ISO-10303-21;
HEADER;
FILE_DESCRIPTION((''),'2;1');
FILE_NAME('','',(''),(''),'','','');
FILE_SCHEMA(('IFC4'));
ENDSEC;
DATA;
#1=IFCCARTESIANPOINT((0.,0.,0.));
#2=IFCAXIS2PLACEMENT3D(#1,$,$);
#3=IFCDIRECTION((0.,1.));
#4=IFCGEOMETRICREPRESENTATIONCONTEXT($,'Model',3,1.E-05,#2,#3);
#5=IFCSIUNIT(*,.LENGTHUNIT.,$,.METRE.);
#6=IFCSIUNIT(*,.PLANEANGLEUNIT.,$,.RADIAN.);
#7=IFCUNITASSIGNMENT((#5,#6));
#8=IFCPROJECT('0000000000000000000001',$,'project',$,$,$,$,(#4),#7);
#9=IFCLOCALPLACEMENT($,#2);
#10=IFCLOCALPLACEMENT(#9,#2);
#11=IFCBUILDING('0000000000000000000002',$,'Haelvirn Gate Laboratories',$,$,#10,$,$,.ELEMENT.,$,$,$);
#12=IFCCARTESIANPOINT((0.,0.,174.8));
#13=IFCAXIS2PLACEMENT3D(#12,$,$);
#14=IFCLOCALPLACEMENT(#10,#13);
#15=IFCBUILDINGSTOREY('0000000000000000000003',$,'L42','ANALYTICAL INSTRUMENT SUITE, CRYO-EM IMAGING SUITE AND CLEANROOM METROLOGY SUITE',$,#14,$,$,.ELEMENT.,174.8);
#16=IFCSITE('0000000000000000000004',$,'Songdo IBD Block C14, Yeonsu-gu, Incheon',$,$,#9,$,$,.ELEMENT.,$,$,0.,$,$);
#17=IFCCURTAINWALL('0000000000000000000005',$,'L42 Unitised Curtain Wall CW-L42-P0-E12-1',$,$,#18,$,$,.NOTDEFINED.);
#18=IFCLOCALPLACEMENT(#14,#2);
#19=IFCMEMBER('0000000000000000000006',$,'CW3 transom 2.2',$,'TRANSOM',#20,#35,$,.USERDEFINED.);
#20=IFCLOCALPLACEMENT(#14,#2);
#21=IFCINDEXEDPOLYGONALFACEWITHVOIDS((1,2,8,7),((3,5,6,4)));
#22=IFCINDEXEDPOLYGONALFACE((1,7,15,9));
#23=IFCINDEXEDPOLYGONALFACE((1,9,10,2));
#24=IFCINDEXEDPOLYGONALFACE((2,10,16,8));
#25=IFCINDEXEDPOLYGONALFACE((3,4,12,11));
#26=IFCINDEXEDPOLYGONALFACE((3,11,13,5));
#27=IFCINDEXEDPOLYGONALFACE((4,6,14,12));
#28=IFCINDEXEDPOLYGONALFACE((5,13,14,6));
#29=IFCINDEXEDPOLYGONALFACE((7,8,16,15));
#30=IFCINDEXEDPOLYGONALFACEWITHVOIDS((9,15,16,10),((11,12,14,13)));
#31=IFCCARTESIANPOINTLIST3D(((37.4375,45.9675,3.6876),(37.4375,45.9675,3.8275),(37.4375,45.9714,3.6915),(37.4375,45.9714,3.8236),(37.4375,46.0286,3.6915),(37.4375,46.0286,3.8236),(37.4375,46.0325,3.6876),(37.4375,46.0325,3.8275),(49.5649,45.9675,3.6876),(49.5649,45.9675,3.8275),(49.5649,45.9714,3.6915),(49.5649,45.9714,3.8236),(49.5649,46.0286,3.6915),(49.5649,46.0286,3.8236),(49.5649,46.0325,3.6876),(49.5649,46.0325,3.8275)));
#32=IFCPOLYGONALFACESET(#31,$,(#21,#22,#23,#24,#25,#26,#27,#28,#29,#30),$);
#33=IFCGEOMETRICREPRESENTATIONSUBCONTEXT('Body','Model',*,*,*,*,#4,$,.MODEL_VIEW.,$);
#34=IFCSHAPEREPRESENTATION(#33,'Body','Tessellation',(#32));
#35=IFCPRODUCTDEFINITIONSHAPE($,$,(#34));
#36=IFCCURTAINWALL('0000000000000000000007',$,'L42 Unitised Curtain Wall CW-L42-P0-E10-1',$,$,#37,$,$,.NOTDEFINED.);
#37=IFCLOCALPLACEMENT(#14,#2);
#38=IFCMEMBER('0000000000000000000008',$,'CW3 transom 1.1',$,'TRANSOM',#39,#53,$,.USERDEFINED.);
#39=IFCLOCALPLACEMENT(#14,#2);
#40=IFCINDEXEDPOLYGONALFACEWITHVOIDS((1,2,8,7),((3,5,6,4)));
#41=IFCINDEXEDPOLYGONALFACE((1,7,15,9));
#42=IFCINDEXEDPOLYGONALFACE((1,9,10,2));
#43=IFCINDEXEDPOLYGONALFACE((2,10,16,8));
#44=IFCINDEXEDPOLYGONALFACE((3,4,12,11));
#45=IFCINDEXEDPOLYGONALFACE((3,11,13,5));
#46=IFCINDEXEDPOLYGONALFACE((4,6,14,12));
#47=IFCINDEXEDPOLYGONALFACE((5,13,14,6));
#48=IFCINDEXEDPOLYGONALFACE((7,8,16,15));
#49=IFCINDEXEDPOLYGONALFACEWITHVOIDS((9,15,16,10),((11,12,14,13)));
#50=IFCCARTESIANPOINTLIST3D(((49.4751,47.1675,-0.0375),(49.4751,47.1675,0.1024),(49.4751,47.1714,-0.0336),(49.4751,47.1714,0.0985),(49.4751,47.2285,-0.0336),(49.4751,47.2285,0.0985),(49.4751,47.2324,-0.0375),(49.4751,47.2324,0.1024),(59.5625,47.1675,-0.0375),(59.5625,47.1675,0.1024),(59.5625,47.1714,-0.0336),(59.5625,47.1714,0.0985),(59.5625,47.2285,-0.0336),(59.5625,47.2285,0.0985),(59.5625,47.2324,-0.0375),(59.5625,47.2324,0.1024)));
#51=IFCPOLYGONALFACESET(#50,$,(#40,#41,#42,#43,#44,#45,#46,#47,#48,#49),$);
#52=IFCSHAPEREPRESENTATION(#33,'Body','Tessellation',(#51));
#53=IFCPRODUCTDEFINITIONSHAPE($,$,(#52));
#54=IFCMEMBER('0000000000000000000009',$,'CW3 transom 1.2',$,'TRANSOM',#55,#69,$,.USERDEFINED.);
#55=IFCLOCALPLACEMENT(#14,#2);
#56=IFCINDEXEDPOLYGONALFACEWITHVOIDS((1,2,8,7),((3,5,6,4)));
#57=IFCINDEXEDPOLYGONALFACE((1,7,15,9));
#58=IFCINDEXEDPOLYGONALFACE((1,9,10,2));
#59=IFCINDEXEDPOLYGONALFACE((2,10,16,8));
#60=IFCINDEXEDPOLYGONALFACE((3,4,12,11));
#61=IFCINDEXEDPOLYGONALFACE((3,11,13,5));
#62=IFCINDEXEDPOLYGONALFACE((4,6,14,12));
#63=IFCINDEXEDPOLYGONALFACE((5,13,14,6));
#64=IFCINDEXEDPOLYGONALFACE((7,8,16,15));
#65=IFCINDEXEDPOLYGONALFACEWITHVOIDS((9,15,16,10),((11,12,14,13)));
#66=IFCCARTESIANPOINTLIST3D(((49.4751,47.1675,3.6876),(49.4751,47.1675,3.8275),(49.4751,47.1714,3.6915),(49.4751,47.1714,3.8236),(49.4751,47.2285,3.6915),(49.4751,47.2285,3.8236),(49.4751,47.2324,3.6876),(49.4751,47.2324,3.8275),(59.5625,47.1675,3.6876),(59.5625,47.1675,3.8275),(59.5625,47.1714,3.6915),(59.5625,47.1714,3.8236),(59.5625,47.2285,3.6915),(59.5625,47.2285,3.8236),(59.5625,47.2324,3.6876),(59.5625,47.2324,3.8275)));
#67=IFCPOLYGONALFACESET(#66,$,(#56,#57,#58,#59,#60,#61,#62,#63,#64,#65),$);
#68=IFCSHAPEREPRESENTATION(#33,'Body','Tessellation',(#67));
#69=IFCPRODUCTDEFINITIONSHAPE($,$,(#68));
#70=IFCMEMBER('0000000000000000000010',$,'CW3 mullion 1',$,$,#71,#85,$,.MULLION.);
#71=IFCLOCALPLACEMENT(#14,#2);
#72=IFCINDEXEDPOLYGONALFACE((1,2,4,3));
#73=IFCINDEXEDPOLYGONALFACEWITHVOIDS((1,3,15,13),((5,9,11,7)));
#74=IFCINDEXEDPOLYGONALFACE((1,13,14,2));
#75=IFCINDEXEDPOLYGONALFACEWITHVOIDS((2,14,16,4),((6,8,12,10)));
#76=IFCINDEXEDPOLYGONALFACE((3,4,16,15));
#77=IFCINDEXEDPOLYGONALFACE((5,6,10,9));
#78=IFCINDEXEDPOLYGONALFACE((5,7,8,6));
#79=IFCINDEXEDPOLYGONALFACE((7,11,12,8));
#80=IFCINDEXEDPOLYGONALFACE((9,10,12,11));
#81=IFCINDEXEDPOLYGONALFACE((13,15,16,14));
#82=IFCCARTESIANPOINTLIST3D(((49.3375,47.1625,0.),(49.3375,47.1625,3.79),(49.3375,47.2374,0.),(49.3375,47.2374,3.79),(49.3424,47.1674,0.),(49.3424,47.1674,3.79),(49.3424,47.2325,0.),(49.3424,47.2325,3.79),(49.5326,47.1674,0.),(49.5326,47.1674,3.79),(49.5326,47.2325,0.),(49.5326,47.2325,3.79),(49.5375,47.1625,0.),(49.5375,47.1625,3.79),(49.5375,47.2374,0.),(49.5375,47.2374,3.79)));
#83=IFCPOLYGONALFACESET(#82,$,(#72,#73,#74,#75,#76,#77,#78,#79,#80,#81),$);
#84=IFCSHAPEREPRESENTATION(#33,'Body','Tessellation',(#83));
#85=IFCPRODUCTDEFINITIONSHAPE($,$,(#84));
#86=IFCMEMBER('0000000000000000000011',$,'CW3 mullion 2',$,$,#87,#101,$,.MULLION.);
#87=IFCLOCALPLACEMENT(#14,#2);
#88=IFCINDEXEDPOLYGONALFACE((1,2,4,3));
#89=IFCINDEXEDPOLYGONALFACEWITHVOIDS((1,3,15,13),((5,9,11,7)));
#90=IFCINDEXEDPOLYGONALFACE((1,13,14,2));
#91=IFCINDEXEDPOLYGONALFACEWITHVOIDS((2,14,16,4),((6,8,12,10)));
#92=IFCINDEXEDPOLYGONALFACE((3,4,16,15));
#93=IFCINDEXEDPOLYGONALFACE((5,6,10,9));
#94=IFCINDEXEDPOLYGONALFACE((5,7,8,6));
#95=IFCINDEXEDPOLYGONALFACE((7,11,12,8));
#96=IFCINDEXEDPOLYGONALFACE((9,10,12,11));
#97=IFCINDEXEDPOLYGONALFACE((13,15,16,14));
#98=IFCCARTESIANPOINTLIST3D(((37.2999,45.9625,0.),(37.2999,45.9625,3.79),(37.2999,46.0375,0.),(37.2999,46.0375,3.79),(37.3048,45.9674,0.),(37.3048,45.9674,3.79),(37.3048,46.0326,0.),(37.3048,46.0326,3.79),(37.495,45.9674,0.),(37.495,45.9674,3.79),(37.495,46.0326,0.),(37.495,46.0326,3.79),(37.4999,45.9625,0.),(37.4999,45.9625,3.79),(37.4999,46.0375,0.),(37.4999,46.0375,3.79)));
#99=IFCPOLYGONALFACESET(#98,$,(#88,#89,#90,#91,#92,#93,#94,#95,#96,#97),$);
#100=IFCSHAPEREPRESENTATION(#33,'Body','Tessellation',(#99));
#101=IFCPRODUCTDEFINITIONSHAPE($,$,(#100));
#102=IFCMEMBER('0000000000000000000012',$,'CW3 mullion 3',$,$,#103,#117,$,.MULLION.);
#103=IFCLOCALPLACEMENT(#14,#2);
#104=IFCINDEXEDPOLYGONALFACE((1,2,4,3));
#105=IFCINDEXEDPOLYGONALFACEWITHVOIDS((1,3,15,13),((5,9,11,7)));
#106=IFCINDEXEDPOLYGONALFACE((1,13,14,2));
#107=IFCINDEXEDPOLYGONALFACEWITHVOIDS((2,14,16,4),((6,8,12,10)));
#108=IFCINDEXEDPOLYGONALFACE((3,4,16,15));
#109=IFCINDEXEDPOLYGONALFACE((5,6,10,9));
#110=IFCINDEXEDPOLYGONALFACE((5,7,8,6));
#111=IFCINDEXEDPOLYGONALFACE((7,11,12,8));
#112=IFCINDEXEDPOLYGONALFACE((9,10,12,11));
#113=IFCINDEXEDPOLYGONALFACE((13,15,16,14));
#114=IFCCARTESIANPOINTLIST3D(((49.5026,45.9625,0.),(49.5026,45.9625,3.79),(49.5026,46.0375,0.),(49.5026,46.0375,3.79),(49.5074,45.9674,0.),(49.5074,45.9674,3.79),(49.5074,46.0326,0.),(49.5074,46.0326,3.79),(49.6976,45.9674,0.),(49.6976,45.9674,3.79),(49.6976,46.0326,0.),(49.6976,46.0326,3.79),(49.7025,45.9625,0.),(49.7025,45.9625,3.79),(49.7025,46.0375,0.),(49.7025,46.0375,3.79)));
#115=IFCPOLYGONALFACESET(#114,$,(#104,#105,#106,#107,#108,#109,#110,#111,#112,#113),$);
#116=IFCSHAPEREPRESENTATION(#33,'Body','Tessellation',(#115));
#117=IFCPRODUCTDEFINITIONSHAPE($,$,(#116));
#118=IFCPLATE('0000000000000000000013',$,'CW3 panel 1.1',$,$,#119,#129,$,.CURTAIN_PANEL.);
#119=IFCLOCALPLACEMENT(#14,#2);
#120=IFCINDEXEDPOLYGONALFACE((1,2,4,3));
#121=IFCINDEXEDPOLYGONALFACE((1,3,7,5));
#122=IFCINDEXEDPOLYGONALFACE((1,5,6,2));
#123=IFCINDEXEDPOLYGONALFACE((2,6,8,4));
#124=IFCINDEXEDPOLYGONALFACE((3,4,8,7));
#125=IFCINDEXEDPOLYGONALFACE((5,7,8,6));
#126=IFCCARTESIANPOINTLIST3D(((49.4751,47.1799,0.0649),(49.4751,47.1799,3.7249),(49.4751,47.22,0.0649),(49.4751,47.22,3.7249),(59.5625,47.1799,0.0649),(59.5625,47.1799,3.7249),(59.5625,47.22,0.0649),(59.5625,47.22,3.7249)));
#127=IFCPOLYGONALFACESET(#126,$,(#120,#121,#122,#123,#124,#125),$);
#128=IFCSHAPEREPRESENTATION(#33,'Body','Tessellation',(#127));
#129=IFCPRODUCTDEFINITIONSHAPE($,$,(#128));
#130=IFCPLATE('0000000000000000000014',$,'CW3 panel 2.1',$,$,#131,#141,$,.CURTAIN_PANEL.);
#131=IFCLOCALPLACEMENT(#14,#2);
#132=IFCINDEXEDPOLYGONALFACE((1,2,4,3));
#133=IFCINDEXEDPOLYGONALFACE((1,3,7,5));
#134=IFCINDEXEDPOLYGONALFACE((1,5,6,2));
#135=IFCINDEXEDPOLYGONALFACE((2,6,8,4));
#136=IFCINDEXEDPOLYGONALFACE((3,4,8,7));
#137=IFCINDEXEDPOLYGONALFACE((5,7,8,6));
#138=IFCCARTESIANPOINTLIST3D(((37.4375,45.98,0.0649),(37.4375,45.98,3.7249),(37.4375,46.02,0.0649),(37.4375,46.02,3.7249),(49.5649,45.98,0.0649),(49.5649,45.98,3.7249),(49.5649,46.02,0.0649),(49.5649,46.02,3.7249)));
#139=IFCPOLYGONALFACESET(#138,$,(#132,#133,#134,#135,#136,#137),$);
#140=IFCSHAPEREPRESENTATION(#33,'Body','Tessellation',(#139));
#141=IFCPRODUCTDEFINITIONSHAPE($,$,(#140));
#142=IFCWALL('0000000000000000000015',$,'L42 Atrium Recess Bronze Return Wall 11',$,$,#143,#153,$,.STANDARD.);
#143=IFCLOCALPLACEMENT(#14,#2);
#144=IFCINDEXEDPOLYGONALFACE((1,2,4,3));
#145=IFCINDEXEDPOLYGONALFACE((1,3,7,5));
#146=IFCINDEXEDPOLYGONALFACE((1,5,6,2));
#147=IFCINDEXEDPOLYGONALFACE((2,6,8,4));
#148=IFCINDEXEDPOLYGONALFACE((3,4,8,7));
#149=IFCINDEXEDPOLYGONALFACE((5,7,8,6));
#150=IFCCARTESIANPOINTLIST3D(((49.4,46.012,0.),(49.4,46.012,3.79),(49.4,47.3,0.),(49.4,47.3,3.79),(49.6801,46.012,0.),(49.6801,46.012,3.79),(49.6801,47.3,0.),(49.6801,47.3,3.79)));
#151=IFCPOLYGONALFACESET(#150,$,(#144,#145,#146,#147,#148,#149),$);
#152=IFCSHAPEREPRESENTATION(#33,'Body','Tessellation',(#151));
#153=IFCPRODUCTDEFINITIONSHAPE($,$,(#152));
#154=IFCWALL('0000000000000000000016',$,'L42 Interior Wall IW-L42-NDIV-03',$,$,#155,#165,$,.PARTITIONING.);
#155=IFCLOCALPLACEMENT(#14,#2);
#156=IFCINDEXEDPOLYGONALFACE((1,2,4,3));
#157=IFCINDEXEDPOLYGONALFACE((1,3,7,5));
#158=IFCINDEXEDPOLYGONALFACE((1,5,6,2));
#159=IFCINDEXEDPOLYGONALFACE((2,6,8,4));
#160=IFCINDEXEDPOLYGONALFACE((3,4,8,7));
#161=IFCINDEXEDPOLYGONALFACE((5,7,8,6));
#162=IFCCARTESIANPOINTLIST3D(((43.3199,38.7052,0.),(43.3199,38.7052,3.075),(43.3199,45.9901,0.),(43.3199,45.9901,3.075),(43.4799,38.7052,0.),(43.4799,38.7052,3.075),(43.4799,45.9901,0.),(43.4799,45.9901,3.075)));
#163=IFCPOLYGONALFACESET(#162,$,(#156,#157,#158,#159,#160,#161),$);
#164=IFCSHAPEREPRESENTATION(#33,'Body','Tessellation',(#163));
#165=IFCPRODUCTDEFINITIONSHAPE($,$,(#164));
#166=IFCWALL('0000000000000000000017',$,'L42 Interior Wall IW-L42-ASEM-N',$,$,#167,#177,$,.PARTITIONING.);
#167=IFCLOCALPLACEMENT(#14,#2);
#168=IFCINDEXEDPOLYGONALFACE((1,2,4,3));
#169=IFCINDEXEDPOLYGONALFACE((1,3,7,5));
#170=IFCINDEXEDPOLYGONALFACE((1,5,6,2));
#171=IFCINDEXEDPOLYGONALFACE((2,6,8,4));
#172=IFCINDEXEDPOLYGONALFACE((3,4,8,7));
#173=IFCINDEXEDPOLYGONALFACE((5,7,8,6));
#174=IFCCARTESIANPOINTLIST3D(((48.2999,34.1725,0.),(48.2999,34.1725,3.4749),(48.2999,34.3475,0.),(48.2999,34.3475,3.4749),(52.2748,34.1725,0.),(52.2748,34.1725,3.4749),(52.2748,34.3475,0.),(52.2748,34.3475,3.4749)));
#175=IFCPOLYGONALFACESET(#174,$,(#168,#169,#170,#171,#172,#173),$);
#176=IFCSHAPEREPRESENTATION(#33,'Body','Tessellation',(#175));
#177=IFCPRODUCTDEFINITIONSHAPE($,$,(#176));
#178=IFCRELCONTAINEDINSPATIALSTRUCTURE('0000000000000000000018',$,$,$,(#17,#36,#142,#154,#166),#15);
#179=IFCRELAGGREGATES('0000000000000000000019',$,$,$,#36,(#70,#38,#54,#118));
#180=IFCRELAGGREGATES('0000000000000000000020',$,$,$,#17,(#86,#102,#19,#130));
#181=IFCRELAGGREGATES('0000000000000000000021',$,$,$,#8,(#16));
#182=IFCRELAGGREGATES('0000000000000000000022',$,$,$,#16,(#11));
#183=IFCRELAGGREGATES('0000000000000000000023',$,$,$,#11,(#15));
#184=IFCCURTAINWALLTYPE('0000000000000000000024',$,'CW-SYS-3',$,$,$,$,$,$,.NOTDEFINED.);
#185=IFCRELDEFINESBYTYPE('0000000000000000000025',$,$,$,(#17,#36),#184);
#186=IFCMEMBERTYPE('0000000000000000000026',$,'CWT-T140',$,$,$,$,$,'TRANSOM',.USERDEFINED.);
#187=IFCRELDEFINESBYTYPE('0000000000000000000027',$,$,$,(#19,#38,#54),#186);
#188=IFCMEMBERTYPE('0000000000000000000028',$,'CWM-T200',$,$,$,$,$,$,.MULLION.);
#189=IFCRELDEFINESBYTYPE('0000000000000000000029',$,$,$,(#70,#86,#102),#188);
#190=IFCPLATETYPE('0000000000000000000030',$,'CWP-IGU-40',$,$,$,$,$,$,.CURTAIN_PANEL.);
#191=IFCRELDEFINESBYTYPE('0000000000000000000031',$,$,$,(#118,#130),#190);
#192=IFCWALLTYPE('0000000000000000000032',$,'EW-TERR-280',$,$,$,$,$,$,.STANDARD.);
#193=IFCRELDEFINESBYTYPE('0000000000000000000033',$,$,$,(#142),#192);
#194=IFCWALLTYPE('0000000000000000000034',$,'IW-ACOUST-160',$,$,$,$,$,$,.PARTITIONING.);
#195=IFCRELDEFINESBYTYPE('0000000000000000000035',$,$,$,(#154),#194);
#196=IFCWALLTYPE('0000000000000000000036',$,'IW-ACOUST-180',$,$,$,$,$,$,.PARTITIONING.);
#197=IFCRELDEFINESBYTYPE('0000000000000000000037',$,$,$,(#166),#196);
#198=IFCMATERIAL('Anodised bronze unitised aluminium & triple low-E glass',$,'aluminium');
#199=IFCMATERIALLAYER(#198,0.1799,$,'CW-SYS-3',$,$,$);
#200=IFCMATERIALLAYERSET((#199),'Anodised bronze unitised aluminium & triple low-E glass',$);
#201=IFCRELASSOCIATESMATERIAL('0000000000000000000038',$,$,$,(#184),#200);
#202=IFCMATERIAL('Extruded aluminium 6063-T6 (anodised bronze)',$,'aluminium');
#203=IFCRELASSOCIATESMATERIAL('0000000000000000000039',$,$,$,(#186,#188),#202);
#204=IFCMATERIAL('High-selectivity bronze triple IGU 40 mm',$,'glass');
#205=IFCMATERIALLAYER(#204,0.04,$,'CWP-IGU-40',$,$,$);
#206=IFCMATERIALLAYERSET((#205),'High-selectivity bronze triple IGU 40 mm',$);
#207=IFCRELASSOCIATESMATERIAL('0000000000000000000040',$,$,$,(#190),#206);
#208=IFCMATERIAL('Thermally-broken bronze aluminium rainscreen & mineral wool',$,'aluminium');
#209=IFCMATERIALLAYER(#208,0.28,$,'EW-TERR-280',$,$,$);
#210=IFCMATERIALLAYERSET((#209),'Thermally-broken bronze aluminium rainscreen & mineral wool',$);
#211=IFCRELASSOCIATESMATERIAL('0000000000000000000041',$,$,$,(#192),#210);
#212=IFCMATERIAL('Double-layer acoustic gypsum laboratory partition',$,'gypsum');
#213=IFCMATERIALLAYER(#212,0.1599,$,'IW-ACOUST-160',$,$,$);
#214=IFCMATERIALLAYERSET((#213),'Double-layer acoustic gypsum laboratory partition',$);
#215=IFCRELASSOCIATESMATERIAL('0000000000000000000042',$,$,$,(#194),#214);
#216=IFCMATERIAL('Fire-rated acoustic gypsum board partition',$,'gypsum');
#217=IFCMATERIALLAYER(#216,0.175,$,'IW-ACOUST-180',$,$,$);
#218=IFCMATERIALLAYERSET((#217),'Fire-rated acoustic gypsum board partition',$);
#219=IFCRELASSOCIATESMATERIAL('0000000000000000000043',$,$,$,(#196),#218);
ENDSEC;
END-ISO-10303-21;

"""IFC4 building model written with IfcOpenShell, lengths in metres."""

from ifc_helpers import new_model, si_unit, direction, frame, frame_2d, origin, origin_2d, place, context, subcontext, project, spatial, rectangle, hollow_rectangle, extrude, source, transform, mapped, material, layer, layer_set, material_profile, profile_set, type_object, type_shapes, element, aggregate, save


model = new_model("IFC4")

# Units and contexts
model_context = context("Model", 3, precision=1e-05, world=origin(), true_north=direction((0.0, 1.0)))
body_context = subcontext(model_context, "Body", "Model", "MODEL_VIEW")
ifc_project = project(units=[si_unit("LENGTHUNIT", "METRE"), si_unit("PLANEANGLEUNIT", "RADIAN")], contexts=[model_context])

# Site, building, storey
site_placement = place(None, origin())
site = spatial("IfcSite", under=ifc_project, at=site_placement, Name="Songdo IBD Block C14, Yeonsu-gu, Incheon", CompositionType="ELEMENT", RefElevation=0.0)
building_placement = place(site_placement, origin())
building = spatial("IfcBuilding", under=site, at=building_placement, Name="Haelvirn Gate Laboratories", CompositionType="ELEMENT")
storey_placement = place(building_placement, frame((0.0, 0.0, 174.8)))
storey = spatial("IfcBuildingStorey", under=building, at=storey_placement, Name="L42", Description="ANALYTICAL INSTRUMENT SUITE, CRYO-EM IMAGING SUITE AND CLEANROOM METROLOGY SUITE", CompositionType="ELEMENT", Elevation=174.8)

# Curtain walls, members
ifc_material_1 = material(Name="Anodised bronze unitised aluminium & triple low-E glass", Category="aluminium")
ifc_layer_1 = layer(ifc_material_1, 0.1799, Name="CW-SYS-3")
ifc_layer_set_1 = layer_set([ifc_layer_1], Name="Anodised bronze unitised aluminium & triple low-E glass")
curtain_wall_type = type_object("IfcCurtainWallType", Name="CW-SYS-3", PredefinedType="NOTDEFINED", material=ifc_layer_set_1)
curtain_wall_1_placement = place(storey_placement, origin())
curtain_wall_1 = element("IfcCurtainWall", 1, at=curtain_wall_1_placement, inside=storey, type_object=curtain_wall_type, Name="L42 Unitised Curtain Wall CW-L42-P0-E12-1", PredefinedType="NOTDEFINED")
ifc_material_2 = material(Name="Extruded aluminium 6063-T6 (anodised bronze)", Category="aluminium")
ifc_material_profile_1 = material_profile(ifc_material_2, hollow_rectangle(XDim=0.0649, YDim=0.1399, WallThickness=0.0039, at=origin_2d()), Name="CWT-140x65x4")
ifc_profile_set_1 = profile_set([ifc_material_profile_1], Name="Extruded aluminium 6063-T6 (anodised bronze)")
member_type_1 = type_object("IfcMemberType", Name="CWT-T140", ElementType="TRANSOM", PredefinedType="USERDEFINED", material=ifc_profile_set_1)
shared_shape_1 = source(origin(), body_context, "Body", "SweptSolid", [
    extrude(hollow_rectangle(XDim=0.0649, YDim=0.1399, WallThickness=0.0039, at=origin_2d()), origin(), (0.0, 0.0, 1.0), 12.1274),
])
member_1_placement = place(storey_placement, frame((37.4375, 46.0, 3.7576), z_axis=(1.0, 0.0, 0.0), x_axis=(0.0, 1.0, 0.0)))
member_1 = element("IfcMember", 2, at=member_1_placement, type_object=member_type_1, Name="CW3 transom 2.2", ObjectType="TRANSOM", PredefinedType="USERDEFINED", context=body_context, shape_type="MappedRepresentation", body=[
    mapped(shared_shape_1, transform((0.0, 0.0, 0.0), scale=1.0)),
])
curtain_wall_2_placement = place(storey_placement, origin())
curtain_wall_2 = element("IfcCurtainWall", 3, at=curtain_wall_2_placement, inside=storey, type_object=curtain_wall_type, Name="L42 Unitised Curtain Wall CW-L42-P0-E10-1", PredefinedType="NOTDEFINED")
shared_shape_2 = source(origin(), body_context, "Body", "SweptSolid", [
    extrude(hollow_rectangle(XDim=0.0649, YDim=0.1399, WallThickness=0.0039, at=origin_2d()), origin(), (0.0, 0.0, 1.0), 10.0874),
])
type_shapes(member_type_1, [shared_shape_1, shared_shape_2])
member_2_placement = place(storey_placement, frame((49.4751, 47.2, 0.0325), z_axis=(1.0, 0.0, 0.0), x_axis=(0.0, 1.0, 0.0)))
member_2 = element("IfcMember", 4, at=member_2_placement, type_object=member_type_1, Name="CW3 transom 1.1", ObjectType="TRANSOM", PredefinedType="USERDEFINED", context=body_context, shape_type="MappedRepresentation", body=[
    mapped(shared_shape_2, transform((0.0, 0.0, 0.0), scale=1.0)),
])
member_3_placement = place(storey_placement, frame((49.4751, 47.2, 3.7576), z_axis=(1.0, 0.0, 0.0), x_axis=(0.0, 1.0, 0.0)))
member_3 = element("IfcMember", 5, at=member_3_placement, type_object=member_type_1, Name="CW3 transom 1.2", ObjectType="TRANSOM", PredefinedType="USERDEFINED", context=body_context, shape_type="MappedRepresentation", body=[
    mapped(shared_shape_2, transform((0.0, 0.0, 0.0), scale=1.0)),
])
ifc_material_profile_2 = material_profile(ifc_material_2, hollow_rectangle(XDim=0.075, YDim=0.2, WallThickness=0.0049, at=origin_2d()), Name="CWM-200x75x5")
ifc_profile_set_2 = profile_set([ifc_material_profile_2], Name="Extruded aluminium 6063-T6 (anodised bronze)")
member_type_2 = type_object("IfcMemberType", Name="CWM-T200", PredefinedType="MULLION", material=ifc_profile_set_2)
shared_shape_3 = source(origin(), body_context, "Body", "SweptSolid", [
    extrude(hollow_rectangle(XDim=0.075, YDim=0.2, WallThickness=0.0049, at=origin_2d()), origin(), (0.0, 0.0, 1.0), 3.79),
])
type_shapes(member_type_2, [shared_shape_3])
member_4_placement = place(storey_placement, frame((49.4375, 47.2, 0.0), z_axis=(0.0, 0.0, 1.0), x_axis=(0.0, 1.0, 0.0)))
member_4 = element("IfcMember", 6, at=member_4_placement, type_object=member_type_2, Name="CW3 mullion 1", PredefinedType="MULLION", context=body_context, shape_type="MappedRepresentation", body=[
    mapped(shared_shape_3, transform((0.0, 0.0, 0.0), scale=1.0)),
])

# Members
member_5_placement = place(storey_placement, frame((37.3999, 46.0, 0.0), z_axis=(0.0, 0.0, 1.0), x_axis=(0.0, 1.0, 0.0)))
member_5 = element("IfcMember", 7, at=member_5_placement, type_object=member_type_2, Name="CW3 mullion 2", PredefinedType="MULLION", context=body_context, shape_type="MappedRepresentation", body=[
    mapped(shared_shape_3, transform((0.0, 0.0, 0.0), scale=1.0)),
])
member_6_placement = place(storey_placement, frame((49.6025, 46.0, 0.0), z_axis=(0.0, 0.0, 1.0), x_axis=(0.0, 1.0, 0.0)))
member_6 = element("IfcMember", 8, at=member_6_placement, type_object=member_type_2, Name="CW3 mullion 3", PredefinedType="MULLION", context=body_context, shape_type="MappedRepresentation", body=[
    mapped(shared_shape_3, transform((0.0, 0.0, 0.0), scale=1.0)),
])

# Plates
ifc_material_3 = material(Name="High-selectivity bronze triple IGU 40 mm", Category="glass")
ifc_layer_2 = layer(ifc_material_3, 0.04, Name="CWP-IGU-40")
ifc_layer_set_2 = layer_set([ifc_layer_2], Name="High-selectivity bronze triple IGU 40 mm")
plate_type = type_object("IfcPlateType", Name="CWP-IGU-40", PredefinedType="CURTAIN_PANEL", material=ifc_layer_set_2)
shared_shape_4 = source(origin(), body_context, "Body", "SweptSolid", [
    extrude(rectangle(XDim=10.0874, YDim=0.04, at=origin_2d()), origin(), (0.0, 0.0, 1.0), 3.6599),
])
plate_1_placement = place(storey_placement, frame((54.5188, 47.2, 0.0649), z_axis=(0.0, 0.0, 1.0), x_axis=(1.0, 0.0, 0.0)))
plate_1 = element("IfcPlate", 9, at=plate_1_placement, type_object=plate_type, Name="CW3 panel 1.1", PredefinedType="CURTAIN_PANEL", context=body_context, shape_type="MappedRepresentation", body=[
    mapped(shared_shape_4, transform((0.0, 0.0, 0.0), scale=1.0)),
])
aggregate(curtain_wall_2, [member_4, member_2, member_3, plate_1])
shared_shape_5 = source(origin(), body_context, "Body", "SweptSolid", [
    extrude(rectangle(XDim=12.1274, YDim=0.04, at=origin_2d()), origin(), (0.0, 0.0, 1.0), 3.6599),
])
type_shapes(plate_type, [shared_shape_4, shared_shape_5])
plate_2_placement = place(storey_placement, frame((43.5012, 46.0, 0.0649), z_axis=(0.0, 0.0, 1.0), x_axis=(1.0, 0.0, 0.0)))
plate_2 = element("IfcPlate", 10, at=plate_2_placement, type_object=plate_type, Name="CW3 panel 2.1", PredefinedType="CURTAIN_PANEL", context=body_context, shape_type="MappedRepresentation", body=[
    mapped(shared_shape_5, transform((0.0, 0.0, 0.0), scale=1.0)),
])
aggregate(curtain_wall_1, [member_5, member_6, member_1, plate_2])

# Walls
ifc_material_4 = material(Name="Thermally-broken bronze aluminium rainscreen & mineral wool", Category="aluminium")
ifc_layer_3 = layer(ifc_material_4, 0.28, Name="EW-TERR-280")
ifc_layer_set_3 = layer_set([ifc_layer_3], Name="Thermally-broken bronze aluminium rainscreen & mineral wool")
wall_type_1 = type_object("IfcWallType", Name="EW-TERR-280", PredefinedType="STANDARD", material=ifc_layer_set_3)
wall_1_placement = place(storey_placement, frame((49.54, 47.3, 0.0), z_axis=(0.0, 0.0, 1.0), x_axis=(0.0, -1.0, 0.0)))
element("IfcWall", 11, at=wall_1_placement, inside=storey, type_object=wall_type_1, Name="L42 Atrium Recess Bronze Return Wall 11", PredefinedType="STANDARD", context=body_context, shape_type="SweptSolid", body=[
    extrude(rectangle(XDim=1.2881, YDim=0.28, at=frame_2d((0.644, 0.0))), origin(), (0.0, 0.0, 1.0), 3.79),
])
ifc_material_5 = material(Name="Double-layer acoustic gypsum laboratory partition", Category="gypsum")
ifc_layer_4 = layer(ifc_material_5, 0.1599, Name="IW-ACOUST-160")
ifc_layer_set_4 = layer_set([ifc_layer_4], Name="Double-layer acoustic gypsum laboratory partition")
wall_type_2 = type_object("IfcWallType", Name="IW-ACOUST-160", PredefinedType="PARTITIONING", material=ifc_layer_set_4)
wall_2_placement = place(storey_placement, frame((43.3999, 38.7051, 0.0), z_axis=(0.0, 0.0, 1.0), x_axis=(0.0, 1.0, 0.0)))
element("IfcWall", 12, at=wall_2_placement, inside=storey, type_object=wall_type_2, Name="L42 Interior Wall IW-L42-NDIV-03", PredefinedType="PARTITIONING", context=body_context, shape_type="SweptSolid", body=[
    extrude(rectangle(XDim=7.2849, YDim=0.1599, at=frame_2d((3.6426, 0.0))), origin(), (0.0, 0.0, 1.0), 3.075),
])
ifc_material_6 = material(Name="Fire-rated acoustic gypsum board partition", Category="gypsum")
ifc_layer_5 = layer(ifc_material_6, 0.175, Name="IW-ACOUST-180")
ifc_layer_set_5 = layer_set([ifc_layer_5], Name="Fire-rated acoustic gypsum board partition")
wall_type_3 = type_object("IfcWallType", Name="IW-ACOUST-180", PredefinedType="PARTITIONING", material=ifc_layer_set_5)
wall_3_placement = place(storey_placement, frame((48.3, 34.26, 0.0), z_axis=(0.0, 0.0, 1.0), x_axis=(1.0, 0.0, 0.0)))
element("IfcWall", 13, at=wall_3_placement, inside=storey, type_object=wall_type_3, Name="L42 Interior Wall IW-L42-ASEM-N", PredefinedType="PARTITIONING", context=body_context, shape_type="SweptSolid", body=[
    extrude(rectangle(XDim=3.9749, YDim=0.175, at=frame_2d((1.9873, 0.0))), origin(), (0.0, 0.0, 1.0), 3.4749),
])

save(model, "model.ifc")
